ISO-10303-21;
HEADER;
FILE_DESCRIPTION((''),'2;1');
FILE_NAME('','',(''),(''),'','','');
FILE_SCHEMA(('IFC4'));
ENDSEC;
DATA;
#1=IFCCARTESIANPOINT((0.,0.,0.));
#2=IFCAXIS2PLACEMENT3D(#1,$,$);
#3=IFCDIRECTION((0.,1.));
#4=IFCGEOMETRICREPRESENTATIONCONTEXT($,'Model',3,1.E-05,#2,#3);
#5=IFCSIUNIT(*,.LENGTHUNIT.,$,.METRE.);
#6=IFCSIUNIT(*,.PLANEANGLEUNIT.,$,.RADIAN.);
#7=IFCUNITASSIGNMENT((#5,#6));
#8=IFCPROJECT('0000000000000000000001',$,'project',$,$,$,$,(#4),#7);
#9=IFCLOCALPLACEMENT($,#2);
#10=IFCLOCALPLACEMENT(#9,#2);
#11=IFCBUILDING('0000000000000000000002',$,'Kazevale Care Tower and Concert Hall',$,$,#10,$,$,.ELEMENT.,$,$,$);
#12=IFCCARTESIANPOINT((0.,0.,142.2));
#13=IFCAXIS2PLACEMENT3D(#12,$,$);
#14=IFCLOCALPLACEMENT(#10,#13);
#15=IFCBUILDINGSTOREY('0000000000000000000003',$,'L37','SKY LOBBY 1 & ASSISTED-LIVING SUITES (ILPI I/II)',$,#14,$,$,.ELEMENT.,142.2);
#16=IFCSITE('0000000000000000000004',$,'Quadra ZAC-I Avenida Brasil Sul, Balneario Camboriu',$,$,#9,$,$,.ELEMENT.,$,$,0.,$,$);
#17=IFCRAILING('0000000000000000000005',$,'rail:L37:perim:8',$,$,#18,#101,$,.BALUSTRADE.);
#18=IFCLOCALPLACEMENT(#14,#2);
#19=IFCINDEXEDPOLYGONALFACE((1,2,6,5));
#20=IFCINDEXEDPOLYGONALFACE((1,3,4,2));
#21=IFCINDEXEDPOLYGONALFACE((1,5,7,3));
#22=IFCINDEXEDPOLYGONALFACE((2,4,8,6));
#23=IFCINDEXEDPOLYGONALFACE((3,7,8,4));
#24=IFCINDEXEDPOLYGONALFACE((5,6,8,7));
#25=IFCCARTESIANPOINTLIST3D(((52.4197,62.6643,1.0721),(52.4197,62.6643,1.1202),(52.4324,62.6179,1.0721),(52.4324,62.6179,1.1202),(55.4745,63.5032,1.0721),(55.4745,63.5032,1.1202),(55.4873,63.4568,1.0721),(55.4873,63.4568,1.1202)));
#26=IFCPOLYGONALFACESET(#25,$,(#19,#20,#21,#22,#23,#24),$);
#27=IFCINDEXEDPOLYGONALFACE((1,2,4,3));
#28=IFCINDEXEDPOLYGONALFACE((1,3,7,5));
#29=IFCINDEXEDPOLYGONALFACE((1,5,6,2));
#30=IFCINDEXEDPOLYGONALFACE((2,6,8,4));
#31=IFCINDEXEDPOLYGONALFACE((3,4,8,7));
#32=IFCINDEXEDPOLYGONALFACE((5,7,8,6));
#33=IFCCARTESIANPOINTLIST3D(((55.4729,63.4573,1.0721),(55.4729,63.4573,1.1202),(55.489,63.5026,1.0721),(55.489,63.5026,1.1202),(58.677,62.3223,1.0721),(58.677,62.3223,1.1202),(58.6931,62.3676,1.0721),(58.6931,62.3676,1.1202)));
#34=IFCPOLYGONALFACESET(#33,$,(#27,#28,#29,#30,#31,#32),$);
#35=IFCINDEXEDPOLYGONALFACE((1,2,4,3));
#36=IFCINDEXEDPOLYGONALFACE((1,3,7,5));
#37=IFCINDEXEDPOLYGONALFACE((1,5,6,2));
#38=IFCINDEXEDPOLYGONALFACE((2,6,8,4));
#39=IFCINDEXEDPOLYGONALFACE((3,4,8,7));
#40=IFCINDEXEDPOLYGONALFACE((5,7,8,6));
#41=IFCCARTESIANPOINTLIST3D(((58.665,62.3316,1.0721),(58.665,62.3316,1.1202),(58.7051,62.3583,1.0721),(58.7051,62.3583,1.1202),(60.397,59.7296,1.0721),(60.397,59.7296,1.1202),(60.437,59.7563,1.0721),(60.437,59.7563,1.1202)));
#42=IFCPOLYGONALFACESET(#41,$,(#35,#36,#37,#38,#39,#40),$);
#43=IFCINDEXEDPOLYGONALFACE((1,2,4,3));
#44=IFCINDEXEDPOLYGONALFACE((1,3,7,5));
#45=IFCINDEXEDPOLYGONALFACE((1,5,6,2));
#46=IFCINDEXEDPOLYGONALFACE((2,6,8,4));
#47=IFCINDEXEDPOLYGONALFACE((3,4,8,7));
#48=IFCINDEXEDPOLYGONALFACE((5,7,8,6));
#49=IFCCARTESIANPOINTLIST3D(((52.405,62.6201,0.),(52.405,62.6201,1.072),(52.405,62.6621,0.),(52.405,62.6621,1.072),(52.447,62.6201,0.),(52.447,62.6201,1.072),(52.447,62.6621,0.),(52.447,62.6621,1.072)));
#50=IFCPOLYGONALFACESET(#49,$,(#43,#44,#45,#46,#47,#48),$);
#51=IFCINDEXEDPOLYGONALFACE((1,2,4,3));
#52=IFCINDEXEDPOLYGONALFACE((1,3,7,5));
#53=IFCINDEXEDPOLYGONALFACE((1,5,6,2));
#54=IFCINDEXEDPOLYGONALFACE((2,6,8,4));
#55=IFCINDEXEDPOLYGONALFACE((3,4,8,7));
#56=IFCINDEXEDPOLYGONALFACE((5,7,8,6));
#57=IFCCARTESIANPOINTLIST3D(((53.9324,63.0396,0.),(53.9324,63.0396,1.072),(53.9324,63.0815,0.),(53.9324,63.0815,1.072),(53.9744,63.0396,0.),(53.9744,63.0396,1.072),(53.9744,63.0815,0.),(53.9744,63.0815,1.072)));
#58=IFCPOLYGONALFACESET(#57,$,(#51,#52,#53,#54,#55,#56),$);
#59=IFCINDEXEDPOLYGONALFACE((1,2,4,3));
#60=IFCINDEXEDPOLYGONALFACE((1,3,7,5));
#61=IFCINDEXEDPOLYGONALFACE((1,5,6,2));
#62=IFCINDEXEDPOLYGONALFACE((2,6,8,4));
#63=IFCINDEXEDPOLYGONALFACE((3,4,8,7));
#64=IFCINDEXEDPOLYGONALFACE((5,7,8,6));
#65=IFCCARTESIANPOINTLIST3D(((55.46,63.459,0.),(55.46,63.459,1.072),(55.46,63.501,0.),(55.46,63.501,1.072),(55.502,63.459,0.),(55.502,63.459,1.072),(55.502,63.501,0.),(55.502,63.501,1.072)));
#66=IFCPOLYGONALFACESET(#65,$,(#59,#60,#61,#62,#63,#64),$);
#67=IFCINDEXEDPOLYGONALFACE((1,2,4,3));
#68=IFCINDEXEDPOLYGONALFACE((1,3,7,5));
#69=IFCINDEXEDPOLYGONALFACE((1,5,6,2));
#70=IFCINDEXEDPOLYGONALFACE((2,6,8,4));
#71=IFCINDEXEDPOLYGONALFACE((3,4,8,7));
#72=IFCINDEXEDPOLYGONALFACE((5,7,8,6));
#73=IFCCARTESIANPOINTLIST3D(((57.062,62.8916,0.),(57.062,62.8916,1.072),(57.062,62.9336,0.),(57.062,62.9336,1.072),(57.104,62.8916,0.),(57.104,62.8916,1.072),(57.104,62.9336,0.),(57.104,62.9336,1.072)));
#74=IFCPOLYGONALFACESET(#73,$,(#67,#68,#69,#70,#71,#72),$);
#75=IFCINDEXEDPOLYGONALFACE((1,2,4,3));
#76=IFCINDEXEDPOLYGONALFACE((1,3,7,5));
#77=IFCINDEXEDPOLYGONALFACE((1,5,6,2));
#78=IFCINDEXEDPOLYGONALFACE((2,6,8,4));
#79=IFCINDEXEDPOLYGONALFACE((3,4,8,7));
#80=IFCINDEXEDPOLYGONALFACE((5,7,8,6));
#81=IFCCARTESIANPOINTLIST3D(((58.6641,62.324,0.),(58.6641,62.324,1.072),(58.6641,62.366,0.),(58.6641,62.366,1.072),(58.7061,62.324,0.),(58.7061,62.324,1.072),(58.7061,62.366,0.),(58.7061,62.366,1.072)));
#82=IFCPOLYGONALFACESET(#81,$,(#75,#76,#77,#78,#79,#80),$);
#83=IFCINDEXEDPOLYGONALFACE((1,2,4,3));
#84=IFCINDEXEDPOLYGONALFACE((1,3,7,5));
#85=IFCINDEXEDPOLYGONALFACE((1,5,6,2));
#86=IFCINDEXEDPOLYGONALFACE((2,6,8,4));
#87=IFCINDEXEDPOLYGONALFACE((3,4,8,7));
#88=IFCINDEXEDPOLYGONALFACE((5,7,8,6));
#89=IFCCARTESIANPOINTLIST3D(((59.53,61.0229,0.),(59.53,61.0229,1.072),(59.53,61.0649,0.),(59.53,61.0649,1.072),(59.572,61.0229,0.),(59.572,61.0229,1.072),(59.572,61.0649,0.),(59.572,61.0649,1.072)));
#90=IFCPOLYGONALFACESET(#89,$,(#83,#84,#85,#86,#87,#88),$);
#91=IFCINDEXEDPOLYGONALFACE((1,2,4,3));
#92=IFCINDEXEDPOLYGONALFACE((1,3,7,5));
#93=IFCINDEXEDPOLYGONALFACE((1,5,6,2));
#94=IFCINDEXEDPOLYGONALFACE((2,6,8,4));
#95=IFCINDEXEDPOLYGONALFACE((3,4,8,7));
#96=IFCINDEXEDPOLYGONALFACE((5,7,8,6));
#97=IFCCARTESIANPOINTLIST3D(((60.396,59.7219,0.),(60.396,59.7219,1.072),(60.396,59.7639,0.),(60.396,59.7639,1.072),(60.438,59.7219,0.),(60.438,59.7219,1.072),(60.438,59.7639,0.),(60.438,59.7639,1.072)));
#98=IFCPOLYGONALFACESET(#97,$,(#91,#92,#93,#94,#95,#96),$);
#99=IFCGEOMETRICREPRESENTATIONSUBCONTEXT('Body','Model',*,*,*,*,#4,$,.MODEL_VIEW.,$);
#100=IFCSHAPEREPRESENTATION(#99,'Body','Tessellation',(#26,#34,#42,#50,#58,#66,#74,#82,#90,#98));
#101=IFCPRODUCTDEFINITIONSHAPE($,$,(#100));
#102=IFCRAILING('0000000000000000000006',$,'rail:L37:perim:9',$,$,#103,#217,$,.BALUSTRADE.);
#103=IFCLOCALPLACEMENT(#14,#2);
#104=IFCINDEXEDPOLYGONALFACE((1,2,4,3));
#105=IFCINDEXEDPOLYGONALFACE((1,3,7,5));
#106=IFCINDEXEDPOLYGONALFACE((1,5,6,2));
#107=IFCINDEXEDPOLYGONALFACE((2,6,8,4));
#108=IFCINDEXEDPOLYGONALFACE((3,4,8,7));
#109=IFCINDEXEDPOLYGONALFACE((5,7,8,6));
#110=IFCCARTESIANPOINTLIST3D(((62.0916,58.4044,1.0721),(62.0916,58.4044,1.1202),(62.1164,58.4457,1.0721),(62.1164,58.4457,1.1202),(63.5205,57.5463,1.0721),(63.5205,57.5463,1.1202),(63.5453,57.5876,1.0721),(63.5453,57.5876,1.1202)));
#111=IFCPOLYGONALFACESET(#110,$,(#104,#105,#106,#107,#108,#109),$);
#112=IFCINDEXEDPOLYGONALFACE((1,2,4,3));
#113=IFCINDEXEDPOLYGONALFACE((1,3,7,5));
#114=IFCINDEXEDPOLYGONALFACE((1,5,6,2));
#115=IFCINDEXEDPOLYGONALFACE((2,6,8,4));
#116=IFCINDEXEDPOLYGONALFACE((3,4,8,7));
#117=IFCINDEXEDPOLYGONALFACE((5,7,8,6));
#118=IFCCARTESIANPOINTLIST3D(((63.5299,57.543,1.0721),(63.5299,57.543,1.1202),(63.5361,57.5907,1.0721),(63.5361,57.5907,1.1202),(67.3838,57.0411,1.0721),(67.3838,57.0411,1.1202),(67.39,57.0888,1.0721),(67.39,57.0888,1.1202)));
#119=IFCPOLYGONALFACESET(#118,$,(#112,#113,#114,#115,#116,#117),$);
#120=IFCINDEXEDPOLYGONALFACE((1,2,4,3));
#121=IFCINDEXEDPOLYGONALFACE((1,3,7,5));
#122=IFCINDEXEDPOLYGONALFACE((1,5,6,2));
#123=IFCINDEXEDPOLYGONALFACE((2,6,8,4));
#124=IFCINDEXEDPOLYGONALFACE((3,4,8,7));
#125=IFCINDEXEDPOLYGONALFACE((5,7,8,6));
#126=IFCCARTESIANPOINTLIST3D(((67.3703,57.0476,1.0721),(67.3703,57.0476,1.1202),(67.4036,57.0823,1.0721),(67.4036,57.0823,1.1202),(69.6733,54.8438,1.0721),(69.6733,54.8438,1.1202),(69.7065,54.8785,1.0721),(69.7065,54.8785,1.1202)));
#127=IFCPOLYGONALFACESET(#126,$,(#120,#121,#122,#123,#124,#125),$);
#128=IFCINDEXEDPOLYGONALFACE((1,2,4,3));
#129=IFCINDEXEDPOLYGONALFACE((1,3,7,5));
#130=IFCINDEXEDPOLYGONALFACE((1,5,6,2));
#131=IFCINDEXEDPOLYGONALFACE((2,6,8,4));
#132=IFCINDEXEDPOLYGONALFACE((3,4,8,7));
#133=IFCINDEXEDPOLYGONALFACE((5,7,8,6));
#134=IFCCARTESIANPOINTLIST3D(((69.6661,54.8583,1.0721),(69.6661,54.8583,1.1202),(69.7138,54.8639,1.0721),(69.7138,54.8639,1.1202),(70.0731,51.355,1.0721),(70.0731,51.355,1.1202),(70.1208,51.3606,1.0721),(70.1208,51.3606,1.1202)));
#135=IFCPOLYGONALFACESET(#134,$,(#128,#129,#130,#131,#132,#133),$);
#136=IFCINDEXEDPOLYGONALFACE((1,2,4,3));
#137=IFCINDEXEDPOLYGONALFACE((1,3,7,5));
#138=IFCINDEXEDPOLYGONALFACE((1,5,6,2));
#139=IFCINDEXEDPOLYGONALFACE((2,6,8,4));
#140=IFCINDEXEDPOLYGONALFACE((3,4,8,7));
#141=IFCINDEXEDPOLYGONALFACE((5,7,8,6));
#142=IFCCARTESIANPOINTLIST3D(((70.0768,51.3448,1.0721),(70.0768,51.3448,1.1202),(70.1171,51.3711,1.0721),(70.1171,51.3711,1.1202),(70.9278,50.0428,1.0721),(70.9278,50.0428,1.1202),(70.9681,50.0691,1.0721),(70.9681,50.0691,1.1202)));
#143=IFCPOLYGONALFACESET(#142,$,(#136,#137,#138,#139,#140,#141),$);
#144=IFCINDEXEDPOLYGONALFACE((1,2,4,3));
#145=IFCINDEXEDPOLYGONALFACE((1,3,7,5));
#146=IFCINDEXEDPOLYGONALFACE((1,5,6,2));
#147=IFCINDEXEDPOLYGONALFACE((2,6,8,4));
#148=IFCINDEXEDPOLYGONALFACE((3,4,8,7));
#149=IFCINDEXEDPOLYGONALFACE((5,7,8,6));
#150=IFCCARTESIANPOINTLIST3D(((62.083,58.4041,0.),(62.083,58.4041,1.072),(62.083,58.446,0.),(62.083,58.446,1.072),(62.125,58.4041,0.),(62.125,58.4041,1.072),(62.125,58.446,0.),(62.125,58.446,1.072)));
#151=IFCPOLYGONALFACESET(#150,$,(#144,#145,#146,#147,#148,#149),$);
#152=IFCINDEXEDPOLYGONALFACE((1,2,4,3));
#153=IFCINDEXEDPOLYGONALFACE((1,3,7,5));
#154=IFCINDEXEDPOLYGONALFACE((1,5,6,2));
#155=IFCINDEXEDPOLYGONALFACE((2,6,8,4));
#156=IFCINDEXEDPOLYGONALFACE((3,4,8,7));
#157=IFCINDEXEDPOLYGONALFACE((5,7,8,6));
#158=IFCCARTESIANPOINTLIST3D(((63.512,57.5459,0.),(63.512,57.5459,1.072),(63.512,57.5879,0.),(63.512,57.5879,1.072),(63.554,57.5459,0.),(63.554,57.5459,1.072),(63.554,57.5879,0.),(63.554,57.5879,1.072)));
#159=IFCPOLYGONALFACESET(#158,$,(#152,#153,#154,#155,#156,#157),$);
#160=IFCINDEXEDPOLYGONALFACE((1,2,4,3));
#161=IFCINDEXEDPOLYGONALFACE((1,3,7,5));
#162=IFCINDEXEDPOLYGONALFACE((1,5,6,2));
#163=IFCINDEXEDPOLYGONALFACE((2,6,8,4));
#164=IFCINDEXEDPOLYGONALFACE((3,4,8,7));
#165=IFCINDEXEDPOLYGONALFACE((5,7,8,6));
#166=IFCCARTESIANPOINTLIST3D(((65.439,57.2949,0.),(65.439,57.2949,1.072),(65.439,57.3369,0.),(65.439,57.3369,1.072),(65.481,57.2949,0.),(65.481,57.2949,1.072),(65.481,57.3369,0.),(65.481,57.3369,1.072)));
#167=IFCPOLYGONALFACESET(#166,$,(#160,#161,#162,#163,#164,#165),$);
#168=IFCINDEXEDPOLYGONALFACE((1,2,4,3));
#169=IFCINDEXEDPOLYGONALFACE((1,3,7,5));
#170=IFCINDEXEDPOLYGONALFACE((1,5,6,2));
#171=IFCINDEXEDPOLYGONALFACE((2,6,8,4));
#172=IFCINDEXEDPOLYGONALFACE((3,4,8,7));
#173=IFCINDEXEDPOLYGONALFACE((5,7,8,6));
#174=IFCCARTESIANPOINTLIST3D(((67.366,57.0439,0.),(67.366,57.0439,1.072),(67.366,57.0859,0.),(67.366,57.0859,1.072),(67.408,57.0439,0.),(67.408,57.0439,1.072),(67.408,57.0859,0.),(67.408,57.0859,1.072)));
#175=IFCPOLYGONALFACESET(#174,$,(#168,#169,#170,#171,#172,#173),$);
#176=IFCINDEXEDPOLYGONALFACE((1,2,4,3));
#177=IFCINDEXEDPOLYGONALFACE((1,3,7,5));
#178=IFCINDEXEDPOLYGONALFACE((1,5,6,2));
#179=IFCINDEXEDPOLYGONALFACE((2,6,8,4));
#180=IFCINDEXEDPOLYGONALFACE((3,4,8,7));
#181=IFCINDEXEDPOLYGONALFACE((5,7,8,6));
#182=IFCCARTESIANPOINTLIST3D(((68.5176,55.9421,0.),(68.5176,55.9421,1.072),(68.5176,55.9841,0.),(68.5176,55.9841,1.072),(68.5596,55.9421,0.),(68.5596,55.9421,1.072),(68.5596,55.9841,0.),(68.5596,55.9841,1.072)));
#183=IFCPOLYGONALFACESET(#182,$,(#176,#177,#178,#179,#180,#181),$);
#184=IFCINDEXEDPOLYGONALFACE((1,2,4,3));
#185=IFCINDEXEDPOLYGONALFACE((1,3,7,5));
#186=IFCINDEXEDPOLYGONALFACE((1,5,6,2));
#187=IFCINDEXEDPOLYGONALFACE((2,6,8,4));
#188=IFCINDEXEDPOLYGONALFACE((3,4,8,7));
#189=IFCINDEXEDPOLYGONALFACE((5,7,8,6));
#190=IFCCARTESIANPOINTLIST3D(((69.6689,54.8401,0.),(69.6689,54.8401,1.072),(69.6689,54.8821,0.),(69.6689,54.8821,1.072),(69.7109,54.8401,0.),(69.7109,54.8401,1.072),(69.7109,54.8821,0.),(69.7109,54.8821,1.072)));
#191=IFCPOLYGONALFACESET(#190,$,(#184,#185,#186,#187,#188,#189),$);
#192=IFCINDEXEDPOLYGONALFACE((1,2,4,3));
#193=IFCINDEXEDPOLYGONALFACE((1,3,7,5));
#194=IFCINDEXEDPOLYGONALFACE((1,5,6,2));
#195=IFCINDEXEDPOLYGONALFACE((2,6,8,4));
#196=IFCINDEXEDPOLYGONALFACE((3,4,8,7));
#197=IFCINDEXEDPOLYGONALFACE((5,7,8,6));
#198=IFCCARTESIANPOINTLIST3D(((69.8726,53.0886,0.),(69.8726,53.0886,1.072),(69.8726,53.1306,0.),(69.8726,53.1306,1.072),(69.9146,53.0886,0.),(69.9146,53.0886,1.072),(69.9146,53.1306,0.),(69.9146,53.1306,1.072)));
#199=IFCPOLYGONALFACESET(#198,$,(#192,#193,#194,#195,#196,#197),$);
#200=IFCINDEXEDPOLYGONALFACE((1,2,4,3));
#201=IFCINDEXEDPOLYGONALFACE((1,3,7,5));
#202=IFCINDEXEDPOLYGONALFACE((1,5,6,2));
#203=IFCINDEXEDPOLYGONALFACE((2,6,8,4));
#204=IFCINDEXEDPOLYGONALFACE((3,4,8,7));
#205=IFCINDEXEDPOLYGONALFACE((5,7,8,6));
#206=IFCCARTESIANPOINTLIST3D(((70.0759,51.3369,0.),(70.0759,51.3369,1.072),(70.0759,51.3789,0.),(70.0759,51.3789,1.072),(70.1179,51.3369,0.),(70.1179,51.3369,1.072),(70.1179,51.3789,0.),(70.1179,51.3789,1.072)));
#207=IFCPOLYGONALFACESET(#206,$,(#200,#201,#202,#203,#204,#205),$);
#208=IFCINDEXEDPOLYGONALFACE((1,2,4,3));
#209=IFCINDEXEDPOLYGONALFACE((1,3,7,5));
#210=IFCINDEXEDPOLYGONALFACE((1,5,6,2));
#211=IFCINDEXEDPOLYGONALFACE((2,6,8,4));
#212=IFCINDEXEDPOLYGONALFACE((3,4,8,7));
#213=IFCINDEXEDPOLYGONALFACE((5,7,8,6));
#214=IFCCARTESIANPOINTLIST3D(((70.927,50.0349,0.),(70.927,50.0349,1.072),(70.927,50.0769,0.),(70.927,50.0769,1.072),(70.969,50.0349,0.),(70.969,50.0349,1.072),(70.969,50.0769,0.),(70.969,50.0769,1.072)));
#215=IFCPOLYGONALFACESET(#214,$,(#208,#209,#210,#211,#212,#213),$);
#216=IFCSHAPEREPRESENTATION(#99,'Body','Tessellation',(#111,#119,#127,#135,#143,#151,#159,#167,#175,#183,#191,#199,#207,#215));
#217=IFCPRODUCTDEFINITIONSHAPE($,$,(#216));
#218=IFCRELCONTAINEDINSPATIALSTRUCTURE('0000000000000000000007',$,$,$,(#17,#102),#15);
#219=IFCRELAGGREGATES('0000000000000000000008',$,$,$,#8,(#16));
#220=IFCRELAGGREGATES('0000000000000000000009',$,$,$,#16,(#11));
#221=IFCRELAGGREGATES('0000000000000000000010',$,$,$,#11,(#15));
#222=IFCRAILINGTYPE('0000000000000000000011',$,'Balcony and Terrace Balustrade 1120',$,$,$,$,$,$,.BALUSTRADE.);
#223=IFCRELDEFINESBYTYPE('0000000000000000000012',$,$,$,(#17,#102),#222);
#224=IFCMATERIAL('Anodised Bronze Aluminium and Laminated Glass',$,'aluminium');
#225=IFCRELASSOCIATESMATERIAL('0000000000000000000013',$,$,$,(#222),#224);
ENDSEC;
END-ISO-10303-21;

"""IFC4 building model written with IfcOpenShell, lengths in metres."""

from ifc_helpers import new_model, si_unit, direction, frame, origin, origin_2d, place, context, subcontext, project, spatial, rectangle, extrude, material, type_object, element, save


model = new_model("IFC4")

# Units and contexts
model_context = context("Model", 3, precision=1e-05, world=origin(), true_north=direction((0.0, 1.0)))
body_context = subcontext(model_context, "Body", "Model", "MODEL_VIEW")
ifc_project = project(units=[si_unit("LENGTHUNIT", "METRE"), si_unit("PLANEANGLEUNIT", "RADIAN")], contexts=[model_context])

# Site, building, storey
site_placement = place(None, origin())
site = spatial("IfcSite", under=ifc_project, at=site_placement, Name="Quadra ZAC-I Avenida Brasil Sul, Balneario Camboriu", CompositionType="ELEMENT", RefElevation=0.0)
building_placement = place(site_placement, origin())
building = spatial("IfcBuilding", under=site, at=building_placement, Name="Kazevale Care Tower and Concert Hall", CompositionType="ELEMENT")
storey_placement = place(building_placement, frame((0.0, 0.0, 142.2)))
storey = spatial("IfcBuildingStorey", under=building, at=storey_placement, Name="L37", Description="SKY LOBBY 1 & ASSISTED-LIVING SUITES (ILPI I/II)", CompositionType="ELEMENT", Elevation=142.2)

# Railings
ifc_material_1 = material(Name="Anodised Bronze Aluminium and Laminated Glass", Category="aluminium")
railing_type = type_object("IfcRailingType", Name="Balcony and Terrace Balustrade 1120", PredefinedType="BALUSTRADE", material=ifc_material_1)
railing_1_placement = place(storey_placement, frame((52.426, 62.6411, 0.0)))
element("IfcRailing", 1, at=railing_1_placement, inside=storey, type_object=railing_type, Name="rail:L37:perim:8", PredefinedType="BALUSTRADE", context=body_context, shape_type="SweptSolid", body=[
    extrude(rectangle(XDim=0.0481, YDim=0.0481, at=origin_2d()), frame((0.0, 0.0, 1.0962), z_axis=(0.964305, 0.264793, 0.0), x_axis=(-0.264793, 0.964305, 0.0)), (0.0, 0.0, 1.0), 3.168),
    extrude(rectangle(XDim=0.0481, YDim=0.0481, at=origin_2d()), frame((3.0549, 0.8389, 1.0962), z_axis=(0.942607, -0.333906, 0.0), x_axis=(0.333906, 0.942607, 0.0)), (0.0, 0.0, 1.0), 3.3992),
    extrude(rectangle(XDim=0.0481, YDim=0.0481, at=origin_2d()), frame((6.259, -0.2961, 1.0962), z_axis=(0.554087, -0.832459, 0.0), x_axis=(0.832459, 0.554087, 0.0)), (0.0, 0.0, 1.0), 3.1257),
    extrude(rectangle(XDim=0.042, YDim=0.042, at=origin_2d()), origin(), (0.0, 0.0, 1.0), 1.072),
    extrude(rectangle(XDim=0.042, YDim=0.042, at=origin_2d()), frame((1.5273, 0.4194, 0.0)), (0.0, 0.0, 1.0), 1.072),
    extrude(rectangle(XDim=0.042, YDim=0.042, at=origin_2d()), frame((3.0549, 0.8389, 0.0)), (0.0, 0.0, 1.0), 1.072),
    extrude(rectangle(XDim=0.042, YDim=0.042, at=origin_2d()), frame((4.657, 0.2715, 0.0)), (0.0, 0.0, 1.0), 1.072),
    extrude(rectangle(XDim=0.042, YDim=0.042, at=origin_2d()), frame((6.259, -0.2961, 0.0)), (0.0, 0.0, 1.0), 1.072),
    extrude(rectangle(XDim=0.042, YDim=0.042, at=origin_2d()), frame((7.125, -1.5972, 0.0)), (0.0, 0.0, 1.0), 1.072),
    extrude(rectangle(XDim=0.042, YDim=0.042, at=origin_2d()), frame((7.991, -2.8982, 0.0)), (0.0, 0.0, 1.0), 1.072),
])
railing_2_placement = place(storey_placement, frame((62.104, 58.425, 0.0)))
element("IfcRailing", 2, at=railing_2_placement, inside=storey, type_object=railing_type, Name="rail:L37:perim:9", PredefinedType="BALUSTRADE", context=body_context, shape_type="SweptSolid", body=[
    extrude(rectangle(XDim=0.0481, YDim=0.0481, at=origin_2d()), frame((0.0, 0.0, 1.0962), z_axis=(0.857286, -0.51484, 0.0), x_axis=(0.51484, 0.857286, 0.0)), (0.0, 0.0, 1.0), 1.6667),
    extrude(rectangle(XDim=0.0481, YDim=0.0481, at=origin_2d()), frame((1.429, -0.8582, 1.0962), z_axis=(0.991625, -0.129151, 0.0), x_axis=(0.129151, 0.991625, 0.0)), (0.0, 0.0, 1.0), 3.8865),
    extrude(rectangle(XDim=0.0481, YDim=0.0481, at=origin_2d()), frame((5.283, -1.3601, 1.0962), z_axis=(0.722484, -0.691388, 0.0), x_axis=(0.691388, 0.722484, 0.0)), (0.0, 0.0, 1.0), 3.1875),
    extrude(rectangle(XDim=0.0481, YDim=0.0481, at=origin_2d()), frame((7.5859, -3.564, 1.0962), z_axis=(0.115399, -0.993319, 0.0), x_axis=(0.993319, 0.115399, 0.0)), (0.0, 0.0, 1.0), 3.5269),
    extrude(rectangle(XDim=0.0481, YDim=0.0481, at=origin_2d()), frame((7.9929, -7.0671, 1.0962), z_axis=(0.547144, -0.837039, 0.0), x_axis=(0.837039, 0.547144, 0.0)), (0.0, 0.0, 1.0), 1.5554),
    extrude(rectangle(XDim=0.042, YDim=0.042, at=origin_2d()), origin(), (0.0, 0.0, 1.0), 1.072),
    extrude(rectangle(XDim=0.042, YDim=0.042, at=origin_2d()), frame((1.429, -0.8582, 0.0)), (0.0, 0.0, 1.0), 1.072),
    extrude(rectangle(XDim=0.042, YDim=0.042, at=origin_2d()), frame((3.356, -1.1091, 0.0)), (0.0, 0.0, 1.0), 1.072),
    extrude(rectangle(XDim=0.042, YDim=0.042, at=origin_2d()), frame((5.283, -1.3601, 0.0)), (0.0, 0.0, 1.0), 1.072),
    extrude(rectangle(XDim=0.042, YDim=0.042, at=origin_2d()), frame((6.4346, -2.4619, 0.0)), (0.0, 0.0, 1.0), 1.072),
    extrude(rectangle(XDim=0.042, YDim=0.042, at=origin_2d()), frame((7.5859, -3.564, 0.0)), (0.0, 0.0, 1.0), 1.072),
    extrude(rectangle(XDim=0.042, YDim=0.042, at=origin_2d()), frame((7.7896, -5.3154, 0.0)), (0.0, 0.0, 1.0), 1.072),
    extrude(rectangle(XDim=0.042, YDim=0.042, at=origin_2d()), frame((7.9929, -7.0671, 0.0)), (0.0, 0.0, 1.0), 1.072),
    extrude(rectangle(XDim=0.042, YDim=0.042, at=origin_2d()), frame((8.844, -8.3691, 0.0)), (0.0, 0.0, 1.0), 1.072),
])

save(model, "model.ifc")
